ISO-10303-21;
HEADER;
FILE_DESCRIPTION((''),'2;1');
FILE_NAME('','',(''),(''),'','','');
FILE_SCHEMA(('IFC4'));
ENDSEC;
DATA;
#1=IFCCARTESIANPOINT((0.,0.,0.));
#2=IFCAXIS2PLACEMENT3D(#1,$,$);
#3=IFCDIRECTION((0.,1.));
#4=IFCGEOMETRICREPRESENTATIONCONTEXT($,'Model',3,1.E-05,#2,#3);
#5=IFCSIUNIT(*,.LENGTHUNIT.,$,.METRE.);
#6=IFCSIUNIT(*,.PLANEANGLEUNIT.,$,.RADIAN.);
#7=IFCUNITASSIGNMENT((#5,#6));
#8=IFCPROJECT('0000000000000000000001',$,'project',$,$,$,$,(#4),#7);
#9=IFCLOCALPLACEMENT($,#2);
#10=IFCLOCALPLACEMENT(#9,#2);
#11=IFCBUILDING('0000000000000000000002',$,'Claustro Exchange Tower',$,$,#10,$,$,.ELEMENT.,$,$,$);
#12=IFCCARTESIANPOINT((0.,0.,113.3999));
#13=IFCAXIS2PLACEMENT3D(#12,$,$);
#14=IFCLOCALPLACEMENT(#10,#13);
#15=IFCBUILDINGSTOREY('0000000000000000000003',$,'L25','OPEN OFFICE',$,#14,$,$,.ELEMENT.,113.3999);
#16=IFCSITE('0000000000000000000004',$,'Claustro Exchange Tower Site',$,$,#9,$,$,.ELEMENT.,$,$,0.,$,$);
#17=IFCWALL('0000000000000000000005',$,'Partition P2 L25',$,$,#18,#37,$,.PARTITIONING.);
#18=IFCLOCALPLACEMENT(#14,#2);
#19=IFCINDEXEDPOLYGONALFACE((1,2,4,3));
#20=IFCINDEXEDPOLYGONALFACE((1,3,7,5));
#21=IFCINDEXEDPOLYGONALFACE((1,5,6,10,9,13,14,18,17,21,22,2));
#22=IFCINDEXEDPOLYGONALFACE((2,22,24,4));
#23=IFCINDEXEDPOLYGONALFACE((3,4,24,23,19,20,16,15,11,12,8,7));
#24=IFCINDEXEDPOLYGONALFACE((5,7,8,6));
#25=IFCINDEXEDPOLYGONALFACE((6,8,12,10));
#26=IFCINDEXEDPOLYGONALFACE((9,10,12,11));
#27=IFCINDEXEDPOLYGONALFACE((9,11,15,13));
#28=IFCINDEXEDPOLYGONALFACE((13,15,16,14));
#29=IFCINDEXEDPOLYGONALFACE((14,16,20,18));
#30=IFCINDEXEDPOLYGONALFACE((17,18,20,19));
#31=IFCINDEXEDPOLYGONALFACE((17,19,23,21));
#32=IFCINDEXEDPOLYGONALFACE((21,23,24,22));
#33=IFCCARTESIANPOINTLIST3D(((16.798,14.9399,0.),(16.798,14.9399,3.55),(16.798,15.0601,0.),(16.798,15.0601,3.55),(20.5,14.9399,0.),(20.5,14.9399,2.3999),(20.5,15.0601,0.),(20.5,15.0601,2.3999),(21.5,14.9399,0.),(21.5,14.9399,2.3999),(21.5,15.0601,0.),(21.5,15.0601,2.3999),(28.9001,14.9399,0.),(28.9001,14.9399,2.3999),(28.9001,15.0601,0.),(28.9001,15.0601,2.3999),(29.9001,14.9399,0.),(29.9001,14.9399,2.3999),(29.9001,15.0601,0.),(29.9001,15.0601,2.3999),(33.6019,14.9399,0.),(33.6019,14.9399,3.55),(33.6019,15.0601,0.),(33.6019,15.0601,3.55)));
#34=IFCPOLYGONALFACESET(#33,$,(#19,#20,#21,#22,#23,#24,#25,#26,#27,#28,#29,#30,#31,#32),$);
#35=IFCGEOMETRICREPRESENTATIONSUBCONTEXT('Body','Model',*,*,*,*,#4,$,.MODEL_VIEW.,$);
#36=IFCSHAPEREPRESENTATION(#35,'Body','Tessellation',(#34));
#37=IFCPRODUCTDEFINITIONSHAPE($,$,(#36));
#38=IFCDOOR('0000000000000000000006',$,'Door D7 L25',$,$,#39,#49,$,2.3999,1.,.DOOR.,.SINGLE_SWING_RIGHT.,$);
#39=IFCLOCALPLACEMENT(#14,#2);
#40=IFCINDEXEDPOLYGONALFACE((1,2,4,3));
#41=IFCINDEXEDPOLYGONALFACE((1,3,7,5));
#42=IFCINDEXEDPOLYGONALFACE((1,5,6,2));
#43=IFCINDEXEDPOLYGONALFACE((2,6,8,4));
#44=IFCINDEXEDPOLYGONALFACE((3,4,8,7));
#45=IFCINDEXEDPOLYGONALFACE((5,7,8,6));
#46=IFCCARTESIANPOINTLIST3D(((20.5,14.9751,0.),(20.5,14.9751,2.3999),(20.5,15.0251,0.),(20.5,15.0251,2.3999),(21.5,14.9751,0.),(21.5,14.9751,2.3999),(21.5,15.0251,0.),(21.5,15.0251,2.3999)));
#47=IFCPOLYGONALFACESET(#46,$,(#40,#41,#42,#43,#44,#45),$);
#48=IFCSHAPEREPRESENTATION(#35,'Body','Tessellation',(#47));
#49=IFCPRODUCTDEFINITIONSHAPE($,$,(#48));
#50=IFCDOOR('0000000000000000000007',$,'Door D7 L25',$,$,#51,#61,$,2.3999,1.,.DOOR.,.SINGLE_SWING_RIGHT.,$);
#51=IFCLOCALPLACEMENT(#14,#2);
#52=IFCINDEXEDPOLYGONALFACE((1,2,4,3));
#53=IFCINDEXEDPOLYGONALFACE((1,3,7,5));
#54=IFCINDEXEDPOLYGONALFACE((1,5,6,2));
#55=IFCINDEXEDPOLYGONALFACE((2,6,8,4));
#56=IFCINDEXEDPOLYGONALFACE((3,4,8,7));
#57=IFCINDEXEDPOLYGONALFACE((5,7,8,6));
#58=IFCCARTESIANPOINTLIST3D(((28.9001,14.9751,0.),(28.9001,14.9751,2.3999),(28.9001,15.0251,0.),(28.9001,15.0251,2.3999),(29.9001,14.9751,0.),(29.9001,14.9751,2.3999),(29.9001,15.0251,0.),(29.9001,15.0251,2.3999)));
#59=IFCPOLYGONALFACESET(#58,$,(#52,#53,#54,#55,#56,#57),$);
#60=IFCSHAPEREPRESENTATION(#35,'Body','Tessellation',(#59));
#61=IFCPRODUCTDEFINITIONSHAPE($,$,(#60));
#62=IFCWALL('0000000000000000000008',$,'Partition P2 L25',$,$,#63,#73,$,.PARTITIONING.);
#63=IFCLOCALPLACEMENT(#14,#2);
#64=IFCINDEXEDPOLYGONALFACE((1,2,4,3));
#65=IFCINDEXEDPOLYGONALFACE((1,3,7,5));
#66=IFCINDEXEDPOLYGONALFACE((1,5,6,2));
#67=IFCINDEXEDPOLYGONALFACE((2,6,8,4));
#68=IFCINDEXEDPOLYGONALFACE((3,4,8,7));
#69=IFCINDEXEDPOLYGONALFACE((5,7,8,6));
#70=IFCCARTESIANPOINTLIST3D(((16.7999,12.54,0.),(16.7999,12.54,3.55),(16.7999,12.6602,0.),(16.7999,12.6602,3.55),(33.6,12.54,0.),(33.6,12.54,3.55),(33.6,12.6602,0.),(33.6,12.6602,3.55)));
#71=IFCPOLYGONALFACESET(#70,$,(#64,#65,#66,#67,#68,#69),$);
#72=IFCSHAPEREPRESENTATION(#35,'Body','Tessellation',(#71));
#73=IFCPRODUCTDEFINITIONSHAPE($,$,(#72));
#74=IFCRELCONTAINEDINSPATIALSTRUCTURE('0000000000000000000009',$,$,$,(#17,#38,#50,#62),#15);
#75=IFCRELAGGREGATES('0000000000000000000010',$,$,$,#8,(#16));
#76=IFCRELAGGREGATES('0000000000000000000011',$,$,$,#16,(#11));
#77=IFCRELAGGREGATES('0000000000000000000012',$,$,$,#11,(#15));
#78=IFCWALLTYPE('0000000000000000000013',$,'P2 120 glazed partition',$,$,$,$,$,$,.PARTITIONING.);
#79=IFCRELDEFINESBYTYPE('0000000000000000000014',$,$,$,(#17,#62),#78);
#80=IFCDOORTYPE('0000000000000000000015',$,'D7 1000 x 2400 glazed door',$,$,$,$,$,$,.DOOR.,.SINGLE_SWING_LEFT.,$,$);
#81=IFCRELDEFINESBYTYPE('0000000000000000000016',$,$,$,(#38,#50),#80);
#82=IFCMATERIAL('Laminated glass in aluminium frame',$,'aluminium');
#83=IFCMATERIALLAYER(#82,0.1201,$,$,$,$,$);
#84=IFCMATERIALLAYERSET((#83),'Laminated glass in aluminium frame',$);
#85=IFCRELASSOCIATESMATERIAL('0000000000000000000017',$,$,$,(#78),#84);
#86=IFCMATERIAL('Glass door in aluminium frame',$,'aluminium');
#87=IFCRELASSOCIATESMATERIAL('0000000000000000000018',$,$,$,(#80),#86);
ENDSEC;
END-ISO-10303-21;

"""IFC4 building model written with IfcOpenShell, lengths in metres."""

from ifc_helpers import new_model, si_unit, direction, frame, frame_2d, origin, place, context, subcontext, project, spatial, rectangle, extrude, material, layer, layer_set, type_object, element, fill, save


model = new_model("IFC4")

# Units and contexts
model_context = context("Model", 3, precision=1e-05, world=origin(), true_north=direction((0.0, 1.0)))
body_context = subcontext(model_context, "Body", "Model", "MODEL_VIEW")
ifc_project = project(units=[si_unit("LENGTHUNIT", "METRE"), si_unit("PLANEANGLEUNIT", "RADIAN")], contexts=[model_context])

# Site, building, storey
site_placement = place(None, origin())
site = spatial("IfcSite", under=ifc_project, at=site_placement, Name="Claustro Exchange Tower Site", CompositionType="ELEMENT", RefElevation=0.0)
building_placement = place(site_placement, origin())
building = spatial("IfcBuilding", under=site, at=building_placement, Name="Claustro Exchange Tower", CompositionType="ELEMENT")
storey_placement = place(building_placement, frame((0.0, 0.0, 113.3999)))
storey = spatial("IfcBuildingStorey", under=building, at=storey_placement, Name="L25", Description="OPEN OFFICE", CompositionType="ELEMENT", Elevation=113.3999)

# Shared definitions
ifc_material_1 = material(Name="Laminated glass in aluminium frame", Category="aluminium")
ifc_layer_1 = layer(ifc_material_1, 0.1201)
ifc_layer_set_1 = layer_set([ifc_layer_1], Name="Laminated glass in aluminium frame")
wall_type_1 = type_object("IfcWallType", Name="P2 120 glazed partition", PredefinedType="PARTITIONING", material=ifc_layer_set_1)

# Wall, openings, doors
wall_1_placement = place(storey_placement, frame((16.7981, 15.0, 0.0), z_axis=(0.0, 0.0, 1.0), x_axis=(1.0, 0.0, 0.0)))
wall_1 = element("IfcWall", 1, at=wall_1_placement, inside=storey, type_object=wall_type_1, Name="Partition P2 L25", PredefinedType="PARTITIONING", context=body_context, shape_type="SweptSolid", body=[
    extrude(rectangle(XDim=16.804, YDim=0.1201, at=frame_2d((8.4019, 0.0))), origin(), (0.0, 0.0, 1.0), 3.55),
])
opening_1_placement = place(wall_1_placement, frame((3.7019, 0.0, 0.0)))
opening_1 = element("IfcOpeningElement", 2, at=opening_1_placement, cuts=wall_1, PredefinedType="OPENING", context=body_context, shape_type="SweptSolid", body=[
    extrude(rectangle(XDim=1.0, YDim=2.3999, at=frame_2d((0.5, 1.2))), frame((0.0, 0.0701, 0.0), z_axis=(0.0, -1.0, 0.0), x_axis=(1.0, 0.0, 0.0)), (0.0, 0.0, 1.0), 0.1401),
])
opening_2_placement = place(wall_1_placement, frame((12.1021, 0.0, 0.0)))
opening_2 = element("IfcOpeningElement", 3, at=opening_2_placement, cuts=wall_1, PredefinedType="OPENING", context=body_context, shape_type="SweptSolid", body=[
    extrude(rectangle(XDim=1.0, YDim=2.3999, at=frame_2d((0.5, 1.2))), frame((0.0, 0.0701, 0.0), z_axis=(0.0, -1.0, 0.0), x_axis=(1.0, 0.0, 0.0)), (0.0, 0.0, 1.0), 0.1401),
])
ifc_material_2 = material(Name="Glass door in aluminium frame", Category="aluminium")
door_type_1 = type_object("IfcDoorType", Name="D7 1000 x 2400 glazed door", OperationType="SINGLE_SWING_LEFT", PredefinedType="DOOR", material=ifc_material_2)
door_1_placement = place(opening_1_placement, frame((1.0, 0.0, 0.0), z_axis=(0.0, 0.0, 1.0), x_axis=(-1.0, 0.0, 0.0)))
door_1 = element("IfcDoor", 4, at=door_1_placement, inside=storey, type_object=door_type_1, Name="Door D7 L25", OperationType="SINGLE_SWING_RIGHT", OverallHeight=2.3999, OverallWidth=1.0, PredefinedType="DOOR", context=body_context, shape_type="SweptSolid", body=[
    extrude(rectangle(XDim=1.0, YDim=2.3999, at=frame_2d((0.5, 1.2))), frame((0.0, 0.0249, 0.0), z_axis=(0.0, -1.0, 0.0), x_axis=(1.0, 0.0, 0.0)), (0.0, 0.0, 1.0), 0.05),
])
fill(opening_1, door_1)
door_2_placement = place(opening_2_placement, frame((1.0, 0.0, 0.0), z_axis=(0.0, 0.0, 1.0), x_axis=(-1.0, 0.0, 0.0)))
door_2 = element("IfcDoor", 5, at=door_2_placement, inside=storey, type_object=door_type_1, Name="Door D7 L25", OperationType="SINGLE_SWING_RIGHT", OverallHeight=2.3999, OverallWidth=1.0, PredefinedType="DOOR", context=body_context, shape_type="SweptSolid", body=[
    extrude(rectangle(XDim=1.0, YDim=2.3999, at=frame_2d((0.5, 1.2))), frame((0.0, 0.0249, 0.0), z_axis=(0.0, -1.0, 0.0), x_axis=(1.0, 0.0, 0.0)), (0.0, 0.0, 1.0), 0.05),
])
fill(opening_2, door_2)

# Wall
wall_2_placement = place(storey_placement, frame((16.8, 12.6001, 0.0), z_axis=(0.0, 0.0, 1.0), x_axis=(1.0, 0.0, 0.0)))
element("IfcWall", 6, at=wall_2_placement, inside=storey, type_object=wall_type_1, Name="Partition P2 L25", PredefinedType="PARTITIONING", context=body_context, shape_type="SweptSolid", body=[
    extrude(rectangle(XDim=16.8, YDim=0.1201, at=frame_2d((8.3999, 0.0))), origin(), (0.0, 0.0, 1.0), 3.55),
])

save(model, "model.ifc")
